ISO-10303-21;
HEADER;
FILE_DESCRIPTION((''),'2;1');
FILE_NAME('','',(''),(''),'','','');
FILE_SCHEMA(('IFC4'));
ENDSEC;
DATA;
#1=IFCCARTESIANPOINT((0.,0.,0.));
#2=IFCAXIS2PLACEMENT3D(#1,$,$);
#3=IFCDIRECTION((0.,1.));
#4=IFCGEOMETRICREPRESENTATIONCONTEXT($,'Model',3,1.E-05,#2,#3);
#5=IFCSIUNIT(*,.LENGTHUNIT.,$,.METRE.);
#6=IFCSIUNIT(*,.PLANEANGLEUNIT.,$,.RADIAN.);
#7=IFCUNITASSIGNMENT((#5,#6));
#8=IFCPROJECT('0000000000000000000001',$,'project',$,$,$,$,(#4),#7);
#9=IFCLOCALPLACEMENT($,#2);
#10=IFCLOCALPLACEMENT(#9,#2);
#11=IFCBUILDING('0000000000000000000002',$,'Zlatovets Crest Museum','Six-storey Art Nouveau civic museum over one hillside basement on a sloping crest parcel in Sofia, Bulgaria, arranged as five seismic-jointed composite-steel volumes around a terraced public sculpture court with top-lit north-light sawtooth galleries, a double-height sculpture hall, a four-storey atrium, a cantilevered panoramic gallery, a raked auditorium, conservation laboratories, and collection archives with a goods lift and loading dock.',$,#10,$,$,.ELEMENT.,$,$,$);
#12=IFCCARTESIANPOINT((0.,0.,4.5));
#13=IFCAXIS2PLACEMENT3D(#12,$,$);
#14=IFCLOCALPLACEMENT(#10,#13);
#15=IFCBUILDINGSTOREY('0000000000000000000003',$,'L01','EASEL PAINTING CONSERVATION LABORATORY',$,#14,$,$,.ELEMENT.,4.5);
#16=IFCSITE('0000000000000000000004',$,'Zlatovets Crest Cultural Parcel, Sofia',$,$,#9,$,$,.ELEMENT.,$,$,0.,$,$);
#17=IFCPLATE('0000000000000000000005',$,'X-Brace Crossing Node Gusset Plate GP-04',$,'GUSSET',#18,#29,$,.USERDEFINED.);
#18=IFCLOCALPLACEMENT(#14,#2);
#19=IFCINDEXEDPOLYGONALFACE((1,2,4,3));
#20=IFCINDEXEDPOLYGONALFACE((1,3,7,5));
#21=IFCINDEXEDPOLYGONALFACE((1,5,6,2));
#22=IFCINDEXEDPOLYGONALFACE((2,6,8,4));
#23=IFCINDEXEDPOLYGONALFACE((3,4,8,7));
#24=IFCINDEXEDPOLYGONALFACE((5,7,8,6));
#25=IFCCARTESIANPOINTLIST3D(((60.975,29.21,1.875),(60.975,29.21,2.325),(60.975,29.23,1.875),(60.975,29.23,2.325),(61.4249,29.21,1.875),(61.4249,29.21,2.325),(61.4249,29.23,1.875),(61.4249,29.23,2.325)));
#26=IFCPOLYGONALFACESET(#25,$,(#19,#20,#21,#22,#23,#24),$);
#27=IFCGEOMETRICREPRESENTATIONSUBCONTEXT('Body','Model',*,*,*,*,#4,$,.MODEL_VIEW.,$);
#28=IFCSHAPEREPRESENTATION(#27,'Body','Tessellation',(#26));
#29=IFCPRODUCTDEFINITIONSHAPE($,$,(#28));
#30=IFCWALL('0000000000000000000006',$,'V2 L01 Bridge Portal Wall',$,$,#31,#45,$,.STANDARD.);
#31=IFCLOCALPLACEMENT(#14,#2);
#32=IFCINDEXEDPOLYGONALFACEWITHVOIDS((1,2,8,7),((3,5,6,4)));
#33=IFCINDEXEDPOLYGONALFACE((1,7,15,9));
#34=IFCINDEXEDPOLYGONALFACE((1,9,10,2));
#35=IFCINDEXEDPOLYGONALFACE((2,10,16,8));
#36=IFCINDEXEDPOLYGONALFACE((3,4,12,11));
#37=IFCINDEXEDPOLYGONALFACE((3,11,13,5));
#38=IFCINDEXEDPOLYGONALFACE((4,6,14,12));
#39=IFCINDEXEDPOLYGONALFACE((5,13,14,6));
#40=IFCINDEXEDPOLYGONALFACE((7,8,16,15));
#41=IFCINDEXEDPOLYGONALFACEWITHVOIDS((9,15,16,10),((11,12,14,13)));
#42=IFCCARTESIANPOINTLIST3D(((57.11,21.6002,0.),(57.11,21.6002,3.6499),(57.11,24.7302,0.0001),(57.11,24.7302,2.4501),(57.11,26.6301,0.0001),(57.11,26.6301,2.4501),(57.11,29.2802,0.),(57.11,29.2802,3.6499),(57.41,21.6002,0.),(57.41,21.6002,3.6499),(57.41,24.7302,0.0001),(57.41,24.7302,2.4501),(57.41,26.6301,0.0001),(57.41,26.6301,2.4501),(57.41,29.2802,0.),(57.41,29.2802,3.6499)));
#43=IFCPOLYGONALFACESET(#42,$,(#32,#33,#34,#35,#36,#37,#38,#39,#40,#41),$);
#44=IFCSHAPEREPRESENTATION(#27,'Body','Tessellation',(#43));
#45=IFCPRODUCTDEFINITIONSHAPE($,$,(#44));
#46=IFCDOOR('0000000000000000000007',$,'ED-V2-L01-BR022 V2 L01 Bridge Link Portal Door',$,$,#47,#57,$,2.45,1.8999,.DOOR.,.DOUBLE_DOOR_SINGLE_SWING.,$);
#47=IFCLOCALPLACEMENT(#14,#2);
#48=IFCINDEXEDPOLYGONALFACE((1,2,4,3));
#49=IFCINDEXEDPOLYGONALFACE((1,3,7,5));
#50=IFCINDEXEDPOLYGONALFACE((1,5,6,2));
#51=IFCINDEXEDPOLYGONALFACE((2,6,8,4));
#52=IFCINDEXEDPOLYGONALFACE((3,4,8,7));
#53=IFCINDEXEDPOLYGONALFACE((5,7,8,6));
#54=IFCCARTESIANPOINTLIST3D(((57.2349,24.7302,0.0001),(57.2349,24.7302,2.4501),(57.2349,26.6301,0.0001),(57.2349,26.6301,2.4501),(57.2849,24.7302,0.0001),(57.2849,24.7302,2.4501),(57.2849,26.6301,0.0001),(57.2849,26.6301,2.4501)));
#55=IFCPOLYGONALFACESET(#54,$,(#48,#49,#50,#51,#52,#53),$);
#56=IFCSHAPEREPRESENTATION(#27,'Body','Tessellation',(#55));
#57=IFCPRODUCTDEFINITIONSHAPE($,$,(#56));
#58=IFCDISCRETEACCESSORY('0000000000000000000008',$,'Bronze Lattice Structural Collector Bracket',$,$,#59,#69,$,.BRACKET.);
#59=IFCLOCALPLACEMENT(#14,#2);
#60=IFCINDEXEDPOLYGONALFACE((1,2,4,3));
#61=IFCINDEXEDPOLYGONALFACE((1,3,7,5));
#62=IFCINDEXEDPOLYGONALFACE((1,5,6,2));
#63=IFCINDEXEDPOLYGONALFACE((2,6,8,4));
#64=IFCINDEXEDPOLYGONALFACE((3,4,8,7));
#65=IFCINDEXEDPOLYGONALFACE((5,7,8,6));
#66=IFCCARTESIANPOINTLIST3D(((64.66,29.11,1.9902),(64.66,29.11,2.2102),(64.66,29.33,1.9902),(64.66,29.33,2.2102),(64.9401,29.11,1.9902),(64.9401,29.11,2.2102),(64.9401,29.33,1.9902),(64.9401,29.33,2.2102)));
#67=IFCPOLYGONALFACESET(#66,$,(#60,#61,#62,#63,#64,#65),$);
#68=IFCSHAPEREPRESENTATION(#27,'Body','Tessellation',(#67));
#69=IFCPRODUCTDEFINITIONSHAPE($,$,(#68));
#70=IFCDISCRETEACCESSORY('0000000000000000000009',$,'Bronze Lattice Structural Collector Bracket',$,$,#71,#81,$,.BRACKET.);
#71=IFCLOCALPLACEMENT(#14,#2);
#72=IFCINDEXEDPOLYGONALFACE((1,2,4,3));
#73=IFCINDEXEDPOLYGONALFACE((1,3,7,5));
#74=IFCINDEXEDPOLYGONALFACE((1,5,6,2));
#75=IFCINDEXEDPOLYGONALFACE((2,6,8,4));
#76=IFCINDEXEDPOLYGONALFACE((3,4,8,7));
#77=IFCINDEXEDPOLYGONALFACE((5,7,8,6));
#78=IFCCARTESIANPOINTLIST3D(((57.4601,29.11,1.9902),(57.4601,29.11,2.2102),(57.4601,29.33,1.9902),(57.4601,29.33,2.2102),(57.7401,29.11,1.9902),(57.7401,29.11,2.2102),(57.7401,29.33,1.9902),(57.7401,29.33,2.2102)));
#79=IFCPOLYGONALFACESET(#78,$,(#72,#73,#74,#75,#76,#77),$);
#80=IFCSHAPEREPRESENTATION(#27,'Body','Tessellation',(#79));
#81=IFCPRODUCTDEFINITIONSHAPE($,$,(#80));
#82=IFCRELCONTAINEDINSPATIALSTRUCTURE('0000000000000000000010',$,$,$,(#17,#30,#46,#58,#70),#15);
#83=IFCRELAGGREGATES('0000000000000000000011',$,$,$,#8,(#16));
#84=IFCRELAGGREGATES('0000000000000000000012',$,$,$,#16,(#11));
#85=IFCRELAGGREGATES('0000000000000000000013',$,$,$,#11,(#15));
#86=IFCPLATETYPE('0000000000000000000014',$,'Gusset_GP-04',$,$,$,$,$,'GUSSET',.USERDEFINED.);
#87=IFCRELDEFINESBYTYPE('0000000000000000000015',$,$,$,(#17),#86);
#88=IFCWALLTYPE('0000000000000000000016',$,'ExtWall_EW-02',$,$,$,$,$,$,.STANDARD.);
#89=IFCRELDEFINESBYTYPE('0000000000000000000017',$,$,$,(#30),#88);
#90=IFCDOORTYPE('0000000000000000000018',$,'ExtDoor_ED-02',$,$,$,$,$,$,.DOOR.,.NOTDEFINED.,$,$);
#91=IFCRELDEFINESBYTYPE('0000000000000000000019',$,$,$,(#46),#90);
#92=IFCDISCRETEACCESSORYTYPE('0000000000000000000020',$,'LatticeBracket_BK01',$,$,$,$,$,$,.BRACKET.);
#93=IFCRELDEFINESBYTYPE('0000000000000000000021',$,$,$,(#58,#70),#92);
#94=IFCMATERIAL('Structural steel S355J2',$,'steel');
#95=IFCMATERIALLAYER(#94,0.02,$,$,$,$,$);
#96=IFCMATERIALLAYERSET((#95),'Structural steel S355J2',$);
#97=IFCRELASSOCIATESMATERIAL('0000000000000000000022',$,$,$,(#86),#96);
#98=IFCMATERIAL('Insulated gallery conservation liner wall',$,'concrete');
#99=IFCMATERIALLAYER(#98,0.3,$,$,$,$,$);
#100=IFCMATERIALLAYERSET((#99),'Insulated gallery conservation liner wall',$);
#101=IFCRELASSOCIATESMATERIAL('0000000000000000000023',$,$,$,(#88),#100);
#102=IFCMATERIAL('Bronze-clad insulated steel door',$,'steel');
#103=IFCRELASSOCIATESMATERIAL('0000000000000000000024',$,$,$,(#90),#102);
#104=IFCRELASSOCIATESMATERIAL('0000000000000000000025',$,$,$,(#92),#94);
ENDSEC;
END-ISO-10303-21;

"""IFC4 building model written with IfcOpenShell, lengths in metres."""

from ifc_helpers import new_model, si_unit, direction, frame, frame_2d, origin, origin_2d, place, context, subcontext, project, spatial, rectangle, extrude, material, layer, layer_set, type_object, element, fill, save


model = new_model("IFC4")

# Units and contexts
model_context = context("Model", 3, precision=1e-05, world=origin(), true_north=direction((0.0, 1.0)))
body_context = subcontext(model_context, "Body", "Model", "MODEL_VIEW")
ifc_project = project(units=[si_unit("LENGTHUNIT", "METRE"), si_unit("PLANEANGLEUNIT", "RADIAN")], contexts=[model_context])

# Site, building, storey
site_placement = place(None, origin())
site = spatial("IfcSite", under=ifc_project, at=site_placement, Name="Zlatovets Crest Cultural Parcel, Sofia", CompositionType="ELEMENT", RefElevation=0.0)
building_placement = place(site_placement, origin())
building = spatial("IfcBuilding", under=site, at=building_placement, Name="Zlatovets Crest Museum", Description="Six-storey Art Nouveau civic museum over one hillside basement on a sloping crest parcel in Sofia, Bulgaria, arranged as five seismic-jointed composite-steel volumes around a terraced public sculpture court with top-lit north-light sawtooth galleries, a double-height sculpture hall, a four-storey atrium, a cantilevered panoramic gallery, a raked auditorium, conservation laboratories, and collection archives with a goods lift and loading dock.", CompositionType="ELEMENT")
storey_placement = place(building_placement, frame((0.0, 0.0, 4.5)))
storey = spatial("IfcBuildingStorey", under=building, at=storey_placement, Name="L01", Description="EASEL PAINTING CONSERVATION LABORATORY", CompositionType="ELEMENT", Elevation=4.5)

# Plate
ifc_material_1 = material(Name="Structural steel S355J2", Category="steel")
ifc_layer_1 = layer(ifc_material_1, 0.02)
ifc_layer_set_1 = layer_set([ifc_layer_1], Name="Structural steel S355J2")
plate_type_1 = type_object("IfcPlateType", Name="Gusset_GP-04", ElementType="GUSSET", PredefinedType="USERDEFINED", material=ifc_layer_set_1)
for number, where, z_axis, x_axis, name in (
    (1, (61.2, 29.22, 1.875), (0.0, 0.0, 1.0), (1.0, 0.0, 0.0), "X-Brace Crossing Node Gusset Plate GP-04"),
):
    element("IfcPlate", number, at=place(storey_placement, frame(where, z_axis=z_axis, x_axis=x_axis)), inside=storey, type_object=plate_type_1, Name=name, ObjectType="GUSSET", PredefinedType="USERDEFINED", context=body_context, shape_type="SweptSolid", body=[
        extrude(rectangle(XDim=0.45, YDim=0.02, at=origin_2d()), origin(), (0.0, 0.0, 1.0), 0.45),
    ])

# Wall, opening, door
ifc_material_2 = material(Name="Insulated gallery conservation liner wall", Category="concrete")
ifc_layer_2 = layer(ifc_material_2, 0.3)
ifc_layer_set_2 = layer_set([ifc_layer_2], Name="Insulated gallery conservation liner wall")
wall_type = type_object("IfcWallType", Name="ExtWall_EW-02", PredefinedType="STANDARD", material=ifc_layer_set_2)
wall_placement = place(storey_placement, frame((57.26, 29.28, 0.0), z_axis=(0.0, 0.0, 1.0), x_axis=(0.0, -1.0, 0.0)))
wall = element("IfcWall", 2, at=wall_placement, inside=storey, type_object=wall_type, Name="V2 L01 Bridge Portal Wall", PredefinedType="STANDARD", context=body_context, shape_type="SweptSolid", body=[
    extrude(rectangle(XDim=7.6799, YDim=0.3, at=frame_2d((3.8398, 0.0))), origin(), (0.0, 0.0, 1.0), 3.6499),
])
opening_placement = place(wall_placement, frame((2.6499, 0.0, 0.0)))
opening = element("IfcOpeningElement", 3, at=opening_placement, cuts=wall, PredefinedType="OPENING", context=body_context, shape_type="SweptSolid", body=[
    extrude(rectangle(XDim=1.8999, YDim=2.45, at=frame_2d((0.95, 1.2251))), frame((0.0, 0.1602, 0.0), z_axis=(0.0, -1.0, 0.0), x_axis=(1.0, 0.0, 0.0)), (0.0, 0.0, 1.0), 0.3201),
])
ifc_material_3 = material(Name="Bronze-clad insulated steel door", Category="steel")
door_type = type_object("IfcDoorType", Name="ExtDoor_ED-02", OperationType="NOTDEFINED", PredefinedType="DOOR", material=ifc_material_3)
door_placement = place(opening_placement, origin())
door = element("IfcDoor", 4, at=door_placement, inside=storey, type_object=door_type, Name="ED-V2-L01-BR022 V2 L01 Bridge Link Portal Door", OperationType="DOUBLE_DOOR_SINGLE_SWING", OverallHeight=2.45, OverallWidth=1.8999, PredefinedType="DOOR", context=body_context, shape_type="SweptSolid", body=[
    extrude(rectangle(XDim=1.8999, YDim=2.45, at=frame_2d((0.95, 1.2251))), frame((0.0, 0.0249, 0.0), z_axis=(0.0, -1.0, 0.0), x_axis=(1.0, 0.0, 0.0)), (0.0, 0.0, 1.0), 0.05),
])
fill(opening, door)

# Discrete accessories
discrete_accessory_type = type_object("IfcDiscreteAccessoryType", Name="LatticeBracket_BK01", PredefinedType="BRACKET", material=ifc_material_1)
for number, where, z_axis, x_axis, name in (
    (5, (64.8, 29.22, 1.9902), (0.0, 0.0, 1.0), (1.0, 0.0, 0.0), "Bronze Lattice Structural Collector Bracket"),
    (6, (57.6001, 29.22, 1.9902), (0.0, 0.0, 1.0), (1.0, 0.0, 0.0), "Bronze Lattice Structural Collector Bracket"),
):
    element("IfcDiscreteAccessory", number, at=place(storey_placement, frame(where, z_axis=z_axis, x_axis=x_axis)), inside=storey, type_object=discrete_accessory_type, Name=name, PredefinedType="BRACKET", context=body_context, shape_type="SweptSolid", body=[
        extrude(rectangle(XDim=0.28, YDim=0.22, at=origin_2d()), origin(), (0.0, 0.0, 1.0), 0.22),
    ])

save(model, "model.ifc")
